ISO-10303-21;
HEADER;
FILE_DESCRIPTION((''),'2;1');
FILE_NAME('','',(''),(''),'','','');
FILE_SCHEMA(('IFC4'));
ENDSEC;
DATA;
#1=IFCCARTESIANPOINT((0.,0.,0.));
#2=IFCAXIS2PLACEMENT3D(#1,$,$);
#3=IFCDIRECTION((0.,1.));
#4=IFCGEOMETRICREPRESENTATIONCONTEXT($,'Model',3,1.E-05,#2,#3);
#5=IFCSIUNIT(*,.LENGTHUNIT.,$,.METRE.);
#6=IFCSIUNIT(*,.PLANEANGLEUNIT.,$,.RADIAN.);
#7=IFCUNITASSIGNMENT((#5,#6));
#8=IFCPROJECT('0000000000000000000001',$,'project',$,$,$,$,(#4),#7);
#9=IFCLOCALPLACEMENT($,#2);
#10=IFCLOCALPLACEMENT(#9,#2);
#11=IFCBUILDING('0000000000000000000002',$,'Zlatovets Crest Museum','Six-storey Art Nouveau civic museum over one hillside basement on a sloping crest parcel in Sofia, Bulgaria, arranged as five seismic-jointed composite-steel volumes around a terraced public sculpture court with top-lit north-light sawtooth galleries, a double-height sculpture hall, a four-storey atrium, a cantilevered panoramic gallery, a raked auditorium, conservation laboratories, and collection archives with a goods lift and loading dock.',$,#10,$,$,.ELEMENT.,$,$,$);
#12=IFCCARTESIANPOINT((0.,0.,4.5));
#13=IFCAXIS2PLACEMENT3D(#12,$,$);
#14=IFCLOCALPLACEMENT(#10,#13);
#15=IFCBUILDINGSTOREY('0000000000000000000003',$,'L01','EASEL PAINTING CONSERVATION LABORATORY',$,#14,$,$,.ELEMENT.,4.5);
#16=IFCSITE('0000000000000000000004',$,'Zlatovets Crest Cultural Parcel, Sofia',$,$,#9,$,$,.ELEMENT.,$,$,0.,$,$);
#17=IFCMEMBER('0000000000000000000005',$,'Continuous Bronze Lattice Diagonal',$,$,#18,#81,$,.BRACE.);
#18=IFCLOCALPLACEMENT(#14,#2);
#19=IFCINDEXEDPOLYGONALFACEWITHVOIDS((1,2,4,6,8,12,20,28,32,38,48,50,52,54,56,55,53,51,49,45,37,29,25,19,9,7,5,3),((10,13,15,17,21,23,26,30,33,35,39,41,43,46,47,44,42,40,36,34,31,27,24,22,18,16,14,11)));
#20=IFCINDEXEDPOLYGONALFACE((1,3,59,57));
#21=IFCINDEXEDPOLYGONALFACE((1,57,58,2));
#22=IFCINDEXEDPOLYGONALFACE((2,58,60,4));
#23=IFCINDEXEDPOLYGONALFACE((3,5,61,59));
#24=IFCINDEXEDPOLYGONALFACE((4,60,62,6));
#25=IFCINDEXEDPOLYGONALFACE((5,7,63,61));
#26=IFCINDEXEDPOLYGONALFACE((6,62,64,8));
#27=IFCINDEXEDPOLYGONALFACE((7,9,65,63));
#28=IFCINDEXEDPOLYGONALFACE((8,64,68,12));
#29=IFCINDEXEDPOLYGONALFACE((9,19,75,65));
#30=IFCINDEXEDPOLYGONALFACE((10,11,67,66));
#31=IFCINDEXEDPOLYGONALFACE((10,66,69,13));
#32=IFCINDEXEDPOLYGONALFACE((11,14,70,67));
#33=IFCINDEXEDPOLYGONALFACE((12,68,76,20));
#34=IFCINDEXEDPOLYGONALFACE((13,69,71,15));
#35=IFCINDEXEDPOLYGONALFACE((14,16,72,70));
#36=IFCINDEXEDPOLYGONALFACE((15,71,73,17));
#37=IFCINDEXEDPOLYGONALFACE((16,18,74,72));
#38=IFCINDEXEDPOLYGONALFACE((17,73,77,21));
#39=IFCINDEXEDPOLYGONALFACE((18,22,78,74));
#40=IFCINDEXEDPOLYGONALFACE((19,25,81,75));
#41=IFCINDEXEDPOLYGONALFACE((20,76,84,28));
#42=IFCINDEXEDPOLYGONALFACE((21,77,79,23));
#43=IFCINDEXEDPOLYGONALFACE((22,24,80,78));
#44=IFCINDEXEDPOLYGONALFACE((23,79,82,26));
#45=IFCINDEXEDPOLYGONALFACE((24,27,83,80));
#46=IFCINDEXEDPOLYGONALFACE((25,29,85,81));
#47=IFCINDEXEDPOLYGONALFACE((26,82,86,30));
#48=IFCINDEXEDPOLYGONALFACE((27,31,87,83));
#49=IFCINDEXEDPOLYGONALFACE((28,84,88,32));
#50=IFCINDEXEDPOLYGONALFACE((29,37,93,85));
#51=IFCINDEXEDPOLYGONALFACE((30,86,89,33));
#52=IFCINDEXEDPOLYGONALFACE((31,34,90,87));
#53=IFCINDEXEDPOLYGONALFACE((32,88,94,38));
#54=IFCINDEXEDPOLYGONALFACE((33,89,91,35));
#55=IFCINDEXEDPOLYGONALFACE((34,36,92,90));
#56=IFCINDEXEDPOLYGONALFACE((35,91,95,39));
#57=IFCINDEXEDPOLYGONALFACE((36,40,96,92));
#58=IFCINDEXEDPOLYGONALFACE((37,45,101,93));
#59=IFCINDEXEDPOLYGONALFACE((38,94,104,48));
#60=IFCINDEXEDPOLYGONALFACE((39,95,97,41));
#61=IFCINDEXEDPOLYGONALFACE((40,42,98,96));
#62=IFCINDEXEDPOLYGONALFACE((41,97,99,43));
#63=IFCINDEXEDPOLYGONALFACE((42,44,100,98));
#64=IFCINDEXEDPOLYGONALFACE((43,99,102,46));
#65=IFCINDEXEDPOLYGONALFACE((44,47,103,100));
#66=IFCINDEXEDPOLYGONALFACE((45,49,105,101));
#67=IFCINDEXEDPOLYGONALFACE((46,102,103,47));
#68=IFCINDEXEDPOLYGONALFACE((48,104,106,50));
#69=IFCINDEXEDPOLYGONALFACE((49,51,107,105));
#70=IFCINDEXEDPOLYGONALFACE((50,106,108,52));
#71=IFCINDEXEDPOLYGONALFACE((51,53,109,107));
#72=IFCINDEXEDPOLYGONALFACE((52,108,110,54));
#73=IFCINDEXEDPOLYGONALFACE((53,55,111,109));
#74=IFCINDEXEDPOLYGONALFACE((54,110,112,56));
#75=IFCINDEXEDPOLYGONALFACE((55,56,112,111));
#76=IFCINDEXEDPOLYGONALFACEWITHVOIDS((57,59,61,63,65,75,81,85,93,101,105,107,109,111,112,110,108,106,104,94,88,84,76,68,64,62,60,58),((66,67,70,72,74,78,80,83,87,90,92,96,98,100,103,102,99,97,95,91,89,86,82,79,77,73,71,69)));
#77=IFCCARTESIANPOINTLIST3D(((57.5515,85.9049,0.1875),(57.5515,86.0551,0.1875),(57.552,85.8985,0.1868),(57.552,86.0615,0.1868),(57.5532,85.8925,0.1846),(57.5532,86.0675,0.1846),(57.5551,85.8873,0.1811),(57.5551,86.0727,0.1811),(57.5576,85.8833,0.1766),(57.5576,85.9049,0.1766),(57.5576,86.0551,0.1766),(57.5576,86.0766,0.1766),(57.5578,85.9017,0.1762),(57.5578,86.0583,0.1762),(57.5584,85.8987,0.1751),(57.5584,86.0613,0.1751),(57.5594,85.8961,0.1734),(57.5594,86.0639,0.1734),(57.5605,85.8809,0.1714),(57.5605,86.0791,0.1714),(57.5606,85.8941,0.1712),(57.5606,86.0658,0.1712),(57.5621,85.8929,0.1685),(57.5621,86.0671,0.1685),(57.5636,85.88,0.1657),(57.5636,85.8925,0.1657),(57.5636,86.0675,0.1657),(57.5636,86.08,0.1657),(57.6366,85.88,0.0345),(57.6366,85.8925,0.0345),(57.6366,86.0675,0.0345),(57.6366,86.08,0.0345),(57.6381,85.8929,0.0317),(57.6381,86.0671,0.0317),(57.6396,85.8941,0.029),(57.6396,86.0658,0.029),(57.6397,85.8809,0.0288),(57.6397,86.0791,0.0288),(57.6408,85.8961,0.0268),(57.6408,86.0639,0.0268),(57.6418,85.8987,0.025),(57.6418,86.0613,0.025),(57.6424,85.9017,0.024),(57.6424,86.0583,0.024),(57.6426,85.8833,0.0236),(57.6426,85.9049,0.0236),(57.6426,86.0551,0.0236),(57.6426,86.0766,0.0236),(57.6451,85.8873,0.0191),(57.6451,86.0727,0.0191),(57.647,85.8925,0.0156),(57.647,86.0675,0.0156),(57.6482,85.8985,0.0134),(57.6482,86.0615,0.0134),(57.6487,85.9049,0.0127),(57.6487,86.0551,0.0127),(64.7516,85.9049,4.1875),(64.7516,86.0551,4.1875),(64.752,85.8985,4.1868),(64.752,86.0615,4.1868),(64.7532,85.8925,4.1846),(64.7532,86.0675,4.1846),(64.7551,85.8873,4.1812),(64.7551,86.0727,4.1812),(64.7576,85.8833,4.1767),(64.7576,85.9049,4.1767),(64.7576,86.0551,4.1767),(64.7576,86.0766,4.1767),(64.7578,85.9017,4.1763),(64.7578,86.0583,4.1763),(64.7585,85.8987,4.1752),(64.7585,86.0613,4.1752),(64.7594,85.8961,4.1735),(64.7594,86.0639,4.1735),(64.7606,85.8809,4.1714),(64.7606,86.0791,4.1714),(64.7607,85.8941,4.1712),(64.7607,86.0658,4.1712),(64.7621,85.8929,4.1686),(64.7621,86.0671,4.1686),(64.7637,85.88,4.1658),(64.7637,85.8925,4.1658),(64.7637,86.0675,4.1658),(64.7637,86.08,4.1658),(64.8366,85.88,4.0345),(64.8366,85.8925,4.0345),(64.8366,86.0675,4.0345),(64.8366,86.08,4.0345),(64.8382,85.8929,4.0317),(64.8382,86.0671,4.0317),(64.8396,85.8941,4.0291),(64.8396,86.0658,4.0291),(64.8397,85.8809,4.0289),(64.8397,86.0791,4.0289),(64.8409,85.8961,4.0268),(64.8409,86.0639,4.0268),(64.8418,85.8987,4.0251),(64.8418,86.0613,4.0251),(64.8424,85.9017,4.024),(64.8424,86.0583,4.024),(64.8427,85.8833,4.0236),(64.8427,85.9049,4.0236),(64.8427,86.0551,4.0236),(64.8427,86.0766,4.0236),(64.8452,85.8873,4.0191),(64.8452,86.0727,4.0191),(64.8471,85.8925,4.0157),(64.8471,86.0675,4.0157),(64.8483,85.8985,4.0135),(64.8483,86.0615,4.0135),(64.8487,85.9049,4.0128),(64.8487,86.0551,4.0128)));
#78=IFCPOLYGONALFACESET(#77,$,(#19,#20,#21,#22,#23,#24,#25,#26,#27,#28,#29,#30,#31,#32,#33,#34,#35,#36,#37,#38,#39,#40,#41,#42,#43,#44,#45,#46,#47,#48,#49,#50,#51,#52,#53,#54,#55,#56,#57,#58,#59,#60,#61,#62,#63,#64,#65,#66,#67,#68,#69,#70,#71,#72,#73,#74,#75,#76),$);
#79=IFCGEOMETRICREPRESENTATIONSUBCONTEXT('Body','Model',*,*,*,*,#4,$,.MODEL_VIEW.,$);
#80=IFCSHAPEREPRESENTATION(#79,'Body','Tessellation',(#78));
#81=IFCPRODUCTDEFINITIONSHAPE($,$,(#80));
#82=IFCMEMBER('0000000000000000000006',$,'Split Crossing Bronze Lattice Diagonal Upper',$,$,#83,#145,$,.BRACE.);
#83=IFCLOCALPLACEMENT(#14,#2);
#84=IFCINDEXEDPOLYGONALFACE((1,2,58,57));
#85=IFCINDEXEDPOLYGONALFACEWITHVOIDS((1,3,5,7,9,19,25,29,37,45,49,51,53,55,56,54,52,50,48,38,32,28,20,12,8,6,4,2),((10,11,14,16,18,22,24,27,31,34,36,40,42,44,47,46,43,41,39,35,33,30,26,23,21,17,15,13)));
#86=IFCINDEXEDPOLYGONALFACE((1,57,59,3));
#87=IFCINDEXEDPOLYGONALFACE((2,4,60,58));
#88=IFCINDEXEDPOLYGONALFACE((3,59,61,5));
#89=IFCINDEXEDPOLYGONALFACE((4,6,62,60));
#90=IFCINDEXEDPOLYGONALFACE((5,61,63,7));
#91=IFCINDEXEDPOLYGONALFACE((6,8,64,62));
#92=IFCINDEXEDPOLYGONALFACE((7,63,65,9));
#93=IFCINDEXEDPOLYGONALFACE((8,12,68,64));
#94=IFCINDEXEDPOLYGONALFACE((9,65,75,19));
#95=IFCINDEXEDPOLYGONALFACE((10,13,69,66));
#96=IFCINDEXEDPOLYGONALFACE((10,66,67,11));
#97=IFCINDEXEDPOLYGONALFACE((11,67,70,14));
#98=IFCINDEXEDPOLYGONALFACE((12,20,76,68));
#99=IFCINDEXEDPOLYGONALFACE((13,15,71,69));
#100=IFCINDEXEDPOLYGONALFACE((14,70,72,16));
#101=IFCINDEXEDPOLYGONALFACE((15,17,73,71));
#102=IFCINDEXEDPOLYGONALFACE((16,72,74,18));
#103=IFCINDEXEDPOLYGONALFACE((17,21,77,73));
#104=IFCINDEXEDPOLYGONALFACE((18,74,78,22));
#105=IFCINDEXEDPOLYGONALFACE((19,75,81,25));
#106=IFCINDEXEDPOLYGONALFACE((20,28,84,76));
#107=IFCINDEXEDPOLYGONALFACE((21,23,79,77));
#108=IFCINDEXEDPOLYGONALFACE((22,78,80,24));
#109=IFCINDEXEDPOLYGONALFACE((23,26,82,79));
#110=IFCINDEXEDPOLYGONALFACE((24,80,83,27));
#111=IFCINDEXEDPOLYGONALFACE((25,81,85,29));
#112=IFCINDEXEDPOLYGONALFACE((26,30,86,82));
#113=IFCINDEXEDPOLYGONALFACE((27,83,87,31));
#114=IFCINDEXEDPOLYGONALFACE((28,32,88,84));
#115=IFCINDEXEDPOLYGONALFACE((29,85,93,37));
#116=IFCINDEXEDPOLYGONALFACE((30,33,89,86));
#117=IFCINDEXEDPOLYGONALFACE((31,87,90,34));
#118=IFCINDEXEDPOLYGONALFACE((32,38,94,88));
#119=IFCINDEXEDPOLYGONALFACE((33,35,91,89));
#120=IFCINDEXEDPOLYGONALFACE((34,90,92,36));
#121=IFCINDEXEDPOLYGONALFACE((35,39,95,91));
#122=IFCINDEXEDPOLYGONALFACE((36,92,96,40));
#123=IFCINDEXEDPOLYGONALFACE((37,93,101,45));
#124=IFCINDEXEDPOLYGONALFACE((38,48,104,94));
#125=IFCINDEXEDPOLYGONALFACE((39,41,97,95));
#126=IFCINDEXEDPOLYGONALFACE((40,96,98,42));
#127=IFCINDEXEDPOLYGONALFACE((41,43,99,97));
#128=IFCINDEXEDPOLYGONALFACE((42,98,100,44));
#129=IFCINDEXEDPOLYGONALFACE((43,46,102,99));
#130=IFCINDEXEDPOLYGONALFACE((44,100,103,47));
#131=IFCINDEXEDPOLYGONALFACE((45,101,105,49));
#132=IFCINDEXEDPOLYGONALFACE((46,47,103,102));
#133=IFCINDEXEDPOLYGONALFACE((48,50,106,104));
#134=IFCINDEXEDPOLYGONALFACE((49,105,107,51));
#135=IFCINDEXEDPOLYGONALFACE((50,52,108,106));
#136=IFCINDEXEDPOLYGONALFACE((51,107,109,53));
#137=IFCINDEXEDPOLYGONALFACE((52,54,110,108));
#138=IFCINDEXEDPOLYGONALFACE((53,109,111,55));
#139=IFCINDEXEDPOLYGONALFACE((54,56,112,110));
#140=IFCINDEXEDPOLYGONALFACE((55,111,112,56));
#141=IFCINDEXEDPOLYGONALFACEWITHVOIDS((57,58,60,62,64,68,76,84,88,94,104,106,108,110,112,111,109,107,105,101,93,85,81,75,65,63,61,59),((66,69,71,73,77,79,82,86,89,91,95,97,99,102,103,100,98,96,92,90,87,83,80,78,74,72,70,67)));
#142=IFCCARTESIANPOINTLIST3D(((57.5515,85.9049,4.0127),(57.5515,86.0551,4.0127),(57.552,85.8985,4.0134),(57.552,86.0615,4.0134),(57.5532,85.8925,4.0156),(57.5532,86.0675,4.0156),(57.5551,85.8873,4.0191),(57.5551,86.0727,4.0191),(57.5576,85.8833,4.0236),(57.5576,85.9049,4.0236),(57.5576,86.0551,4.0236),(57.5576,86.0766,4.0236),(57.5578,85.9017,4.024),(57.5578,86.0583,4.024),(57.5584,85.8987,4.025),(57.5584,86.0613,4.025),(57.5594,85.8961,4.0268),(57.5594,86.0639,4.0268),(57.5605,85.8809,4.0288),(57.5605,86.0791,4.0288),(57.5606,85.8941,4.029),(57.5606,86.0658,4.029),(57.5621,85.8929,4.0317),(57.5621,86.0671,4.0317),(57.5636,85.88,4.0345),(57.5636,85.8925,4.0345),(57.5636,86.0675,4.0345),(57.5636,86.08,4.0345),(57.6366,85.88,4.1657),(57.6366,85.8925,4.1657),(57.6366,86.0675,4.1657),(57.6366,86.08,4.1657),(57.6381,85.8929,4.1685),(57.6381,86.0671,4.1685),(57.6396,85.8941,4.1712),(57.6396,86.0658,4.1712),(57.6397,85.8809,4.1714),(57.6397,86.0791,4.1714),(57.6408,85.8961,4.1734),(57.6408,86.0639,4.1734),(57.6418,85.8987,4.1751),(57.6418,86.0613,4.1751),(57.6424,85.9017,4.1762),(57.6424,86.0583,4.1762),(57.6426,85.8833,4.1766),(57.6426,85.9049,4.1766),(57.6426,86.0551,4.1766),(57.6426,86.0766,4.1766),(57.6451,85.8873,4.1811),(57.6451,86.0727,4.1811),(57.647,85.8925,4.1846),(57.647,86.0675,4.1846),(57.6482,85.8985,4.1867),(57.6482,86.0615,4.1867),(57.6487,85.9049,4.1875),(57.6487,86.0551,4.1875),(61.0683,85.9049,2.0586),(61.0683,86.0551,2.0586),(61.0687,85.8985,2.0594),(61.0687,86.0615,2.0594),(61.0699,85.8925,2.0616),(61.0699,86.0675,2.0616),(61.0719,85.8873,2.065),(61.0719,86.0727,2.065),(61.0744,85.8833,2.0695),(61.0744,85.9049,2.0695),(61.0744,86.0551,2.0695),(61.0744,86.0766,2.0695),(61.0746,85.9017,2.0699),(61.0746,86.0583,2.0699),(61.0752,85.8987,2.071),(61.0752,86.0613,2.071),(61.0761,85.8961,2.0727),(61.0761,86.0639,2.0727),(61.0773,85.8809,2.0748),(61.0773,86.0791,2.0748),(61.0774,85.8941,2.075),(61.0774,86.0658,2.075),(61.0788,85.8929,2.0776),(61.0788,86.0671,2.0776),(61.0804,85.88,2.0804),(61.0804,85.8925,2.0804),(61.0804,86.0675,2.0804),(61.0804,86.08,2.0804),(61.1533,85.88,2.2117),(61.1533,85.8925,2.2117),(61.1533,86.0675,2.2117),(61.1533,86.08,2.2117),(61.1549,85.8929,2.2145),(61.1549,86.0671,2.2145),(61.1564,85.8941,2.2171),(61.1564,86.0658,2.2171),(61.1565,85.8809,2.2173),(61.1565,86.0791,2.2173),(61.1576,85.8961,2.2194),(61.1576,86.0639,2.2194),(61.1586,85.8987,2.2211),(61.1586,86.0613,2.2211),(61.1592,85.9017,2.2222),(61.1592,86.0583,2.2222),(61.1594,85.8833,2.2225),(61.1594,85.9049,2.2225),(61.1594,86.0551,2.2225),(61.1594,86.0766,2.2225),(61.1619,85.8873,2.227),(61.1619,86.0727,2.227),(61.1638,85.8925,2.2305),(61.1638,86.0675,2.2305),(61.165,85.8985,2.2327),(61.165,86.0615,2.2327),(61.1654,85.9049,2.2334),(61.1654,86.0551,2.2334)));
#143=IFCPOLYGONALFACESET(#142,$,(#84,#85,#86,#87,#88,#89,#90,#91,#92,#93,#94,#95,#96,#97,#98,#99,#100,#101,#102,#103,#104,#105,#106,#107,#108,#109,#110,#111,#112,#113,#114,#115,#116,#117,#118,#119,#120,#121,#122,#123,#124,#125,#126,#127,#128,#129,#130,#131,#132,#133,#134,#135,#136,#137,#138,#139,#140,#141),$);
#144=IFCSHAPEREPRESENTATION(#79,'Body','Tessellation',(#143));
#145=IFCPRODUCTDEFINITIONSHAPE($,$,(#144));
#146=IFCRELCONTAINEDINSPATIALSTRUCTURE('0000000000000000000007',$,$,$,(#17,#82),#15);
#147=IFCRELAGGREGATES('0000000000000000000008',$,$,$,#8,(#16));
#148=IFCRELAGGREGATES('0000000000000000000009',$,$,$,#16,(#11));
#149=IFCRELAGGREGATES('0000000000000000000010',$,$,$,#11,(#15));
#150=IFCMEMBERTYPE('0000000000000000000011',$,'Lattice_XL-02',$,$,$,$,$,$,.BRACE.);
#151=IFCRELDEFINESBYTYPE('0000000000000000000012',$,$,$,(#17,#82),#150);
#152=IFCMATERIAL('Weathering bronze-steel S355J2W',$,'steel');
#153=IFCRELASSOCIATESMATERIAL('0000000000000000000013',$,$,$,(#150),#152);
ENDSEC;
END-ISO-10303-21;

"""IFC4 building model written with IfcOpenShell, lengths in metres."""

from ifc_helpers import new_model, si_unit, direction, frame, origin, origin_2d, place, context, subcontext, project, spatial, hollow_rectangle, extrude, material, material_profile, profile_set, type_object, element, save


model = new_model("IFC4")

# Units and contexts
model_context = context("Model", 3, precision=1e-05, world=origin(), true_north=direction((0.0, 1.0)))
body_context = subcontext(model_context, "Body", "Model", "MODEL_VIEW")
ifc_project = project(units=[si_unit("LENGTHUNIT", "METRE"), si_unit("PLANEANGLEUNIT", "RADIAN")], contexts=[model_context])

# Site, building, storey
site_placement = place(None, origin())
site = spatial("IfcSite", under=ifc_project, at=site_placement, Name="Zlatovets Crest Cultural Parcel, Sofia", CompositionType="ELEMENT", RefElevation=0.0)
building_placement = place(site_placement, origin())
building = spatial("IfcBuilding", under=site, at=building_placement, Name="Zlatovets Crest Museum", Description="Six-storey Art Nouveau civic museum over one hillside basement on a sloping crest parcel in Sofia, Bulgaria, arranged as five seismic-jointed composite-steel volumes around a terraced public sculpture court with top-lit north-light sawtooth galleries, a double-height sculpture hall, a four-storey atrium, a cantilevered panoramic gallery, a raked auditorium, conservation laboratories, and collection archives with a goods lift and loading dock.", CompositionType="ELEMENT")
storey_placement = place(building_placement, frame((0.0, 0.0, 4.5)))
storey = spatial("IfcBuildingStorey", under=building, at=storey_placement, Name="L01", Description="EASEL PAINTING CONSERVATION LABORATORY", CompositionType="ELEMENT", Elevation=4.5)

# Members
ifc_material_1 = material(Name="Weathering bronze-steel S355J2W", Category="steel")
ifc_material_profile_1 = material_profile(ifc_material_1, hollow_rectangle(XDim=0.2, YDim=0.2, WallThickness=0.0125, InnerFilletRadius=0.0125, OuterFilletRadius=0.0249, at=origin_2d()), Name="SHS 200x200x12.5")
ifc_profile_set_1 = profile_set([ifc_material_profile_1], Name="Weathering bronze-steel S355J2W")
member_type_1 = type_object("IfcMemberType", Name="Lattice_XL-02", PredefinedType="BRACE", material=ifc_profile_set_1)
member_1_placement = place(storey_placement, frame((57.6001, 85.98, 0.1001), z_axis=(0.874156, 0.0, 0.485645), x_axis=(0.0, 1.0, 0.0)))
element("IfcMember", 1, at=member_1_placement, inside=storey, type_object=member_type_1, Name="Continuous Bronze Lattice Diagonal", PredefinedType="BRACE", context=body_context, shape_type="SweptSolid", body=[
    extrude(hollow_rectangle(XDim=0.2, YDim=0.2, WallThickness=0.0125, InnerFilletRadius=0.0125, OuterFilletRadius=0.0249, at=origin_2d()), origin(), (0.0, 0.0, 1.0), 8.2366),
])
member_2_placement = place(storey_placement, frame((57.6001, 85.98, 4.1001), z_axis=(0.874126, 0.0, -0.4857), x_axis=(0.0, 1.0, 0.0)))
element("IfcMember", 2, at=member_2_placement, inside=storey, type_object=member_type_1, Name="Split Crossing Bronze Lattice Diagonal Upper", PredefinedType="BRACE", context=body_context, shape_type="SweptSolid", body=[
    extrude(hollow_rectangle(XDim=0.2, YDim=0.2, WallThickness=0.0125, InnerFilletRadius=0.0125, OuterFilletRadius=0.0249, at=origin_2d()), origin(), (0.0, 0.0, 1.0), 4.0232),
])

save(model, "model.ifc")
